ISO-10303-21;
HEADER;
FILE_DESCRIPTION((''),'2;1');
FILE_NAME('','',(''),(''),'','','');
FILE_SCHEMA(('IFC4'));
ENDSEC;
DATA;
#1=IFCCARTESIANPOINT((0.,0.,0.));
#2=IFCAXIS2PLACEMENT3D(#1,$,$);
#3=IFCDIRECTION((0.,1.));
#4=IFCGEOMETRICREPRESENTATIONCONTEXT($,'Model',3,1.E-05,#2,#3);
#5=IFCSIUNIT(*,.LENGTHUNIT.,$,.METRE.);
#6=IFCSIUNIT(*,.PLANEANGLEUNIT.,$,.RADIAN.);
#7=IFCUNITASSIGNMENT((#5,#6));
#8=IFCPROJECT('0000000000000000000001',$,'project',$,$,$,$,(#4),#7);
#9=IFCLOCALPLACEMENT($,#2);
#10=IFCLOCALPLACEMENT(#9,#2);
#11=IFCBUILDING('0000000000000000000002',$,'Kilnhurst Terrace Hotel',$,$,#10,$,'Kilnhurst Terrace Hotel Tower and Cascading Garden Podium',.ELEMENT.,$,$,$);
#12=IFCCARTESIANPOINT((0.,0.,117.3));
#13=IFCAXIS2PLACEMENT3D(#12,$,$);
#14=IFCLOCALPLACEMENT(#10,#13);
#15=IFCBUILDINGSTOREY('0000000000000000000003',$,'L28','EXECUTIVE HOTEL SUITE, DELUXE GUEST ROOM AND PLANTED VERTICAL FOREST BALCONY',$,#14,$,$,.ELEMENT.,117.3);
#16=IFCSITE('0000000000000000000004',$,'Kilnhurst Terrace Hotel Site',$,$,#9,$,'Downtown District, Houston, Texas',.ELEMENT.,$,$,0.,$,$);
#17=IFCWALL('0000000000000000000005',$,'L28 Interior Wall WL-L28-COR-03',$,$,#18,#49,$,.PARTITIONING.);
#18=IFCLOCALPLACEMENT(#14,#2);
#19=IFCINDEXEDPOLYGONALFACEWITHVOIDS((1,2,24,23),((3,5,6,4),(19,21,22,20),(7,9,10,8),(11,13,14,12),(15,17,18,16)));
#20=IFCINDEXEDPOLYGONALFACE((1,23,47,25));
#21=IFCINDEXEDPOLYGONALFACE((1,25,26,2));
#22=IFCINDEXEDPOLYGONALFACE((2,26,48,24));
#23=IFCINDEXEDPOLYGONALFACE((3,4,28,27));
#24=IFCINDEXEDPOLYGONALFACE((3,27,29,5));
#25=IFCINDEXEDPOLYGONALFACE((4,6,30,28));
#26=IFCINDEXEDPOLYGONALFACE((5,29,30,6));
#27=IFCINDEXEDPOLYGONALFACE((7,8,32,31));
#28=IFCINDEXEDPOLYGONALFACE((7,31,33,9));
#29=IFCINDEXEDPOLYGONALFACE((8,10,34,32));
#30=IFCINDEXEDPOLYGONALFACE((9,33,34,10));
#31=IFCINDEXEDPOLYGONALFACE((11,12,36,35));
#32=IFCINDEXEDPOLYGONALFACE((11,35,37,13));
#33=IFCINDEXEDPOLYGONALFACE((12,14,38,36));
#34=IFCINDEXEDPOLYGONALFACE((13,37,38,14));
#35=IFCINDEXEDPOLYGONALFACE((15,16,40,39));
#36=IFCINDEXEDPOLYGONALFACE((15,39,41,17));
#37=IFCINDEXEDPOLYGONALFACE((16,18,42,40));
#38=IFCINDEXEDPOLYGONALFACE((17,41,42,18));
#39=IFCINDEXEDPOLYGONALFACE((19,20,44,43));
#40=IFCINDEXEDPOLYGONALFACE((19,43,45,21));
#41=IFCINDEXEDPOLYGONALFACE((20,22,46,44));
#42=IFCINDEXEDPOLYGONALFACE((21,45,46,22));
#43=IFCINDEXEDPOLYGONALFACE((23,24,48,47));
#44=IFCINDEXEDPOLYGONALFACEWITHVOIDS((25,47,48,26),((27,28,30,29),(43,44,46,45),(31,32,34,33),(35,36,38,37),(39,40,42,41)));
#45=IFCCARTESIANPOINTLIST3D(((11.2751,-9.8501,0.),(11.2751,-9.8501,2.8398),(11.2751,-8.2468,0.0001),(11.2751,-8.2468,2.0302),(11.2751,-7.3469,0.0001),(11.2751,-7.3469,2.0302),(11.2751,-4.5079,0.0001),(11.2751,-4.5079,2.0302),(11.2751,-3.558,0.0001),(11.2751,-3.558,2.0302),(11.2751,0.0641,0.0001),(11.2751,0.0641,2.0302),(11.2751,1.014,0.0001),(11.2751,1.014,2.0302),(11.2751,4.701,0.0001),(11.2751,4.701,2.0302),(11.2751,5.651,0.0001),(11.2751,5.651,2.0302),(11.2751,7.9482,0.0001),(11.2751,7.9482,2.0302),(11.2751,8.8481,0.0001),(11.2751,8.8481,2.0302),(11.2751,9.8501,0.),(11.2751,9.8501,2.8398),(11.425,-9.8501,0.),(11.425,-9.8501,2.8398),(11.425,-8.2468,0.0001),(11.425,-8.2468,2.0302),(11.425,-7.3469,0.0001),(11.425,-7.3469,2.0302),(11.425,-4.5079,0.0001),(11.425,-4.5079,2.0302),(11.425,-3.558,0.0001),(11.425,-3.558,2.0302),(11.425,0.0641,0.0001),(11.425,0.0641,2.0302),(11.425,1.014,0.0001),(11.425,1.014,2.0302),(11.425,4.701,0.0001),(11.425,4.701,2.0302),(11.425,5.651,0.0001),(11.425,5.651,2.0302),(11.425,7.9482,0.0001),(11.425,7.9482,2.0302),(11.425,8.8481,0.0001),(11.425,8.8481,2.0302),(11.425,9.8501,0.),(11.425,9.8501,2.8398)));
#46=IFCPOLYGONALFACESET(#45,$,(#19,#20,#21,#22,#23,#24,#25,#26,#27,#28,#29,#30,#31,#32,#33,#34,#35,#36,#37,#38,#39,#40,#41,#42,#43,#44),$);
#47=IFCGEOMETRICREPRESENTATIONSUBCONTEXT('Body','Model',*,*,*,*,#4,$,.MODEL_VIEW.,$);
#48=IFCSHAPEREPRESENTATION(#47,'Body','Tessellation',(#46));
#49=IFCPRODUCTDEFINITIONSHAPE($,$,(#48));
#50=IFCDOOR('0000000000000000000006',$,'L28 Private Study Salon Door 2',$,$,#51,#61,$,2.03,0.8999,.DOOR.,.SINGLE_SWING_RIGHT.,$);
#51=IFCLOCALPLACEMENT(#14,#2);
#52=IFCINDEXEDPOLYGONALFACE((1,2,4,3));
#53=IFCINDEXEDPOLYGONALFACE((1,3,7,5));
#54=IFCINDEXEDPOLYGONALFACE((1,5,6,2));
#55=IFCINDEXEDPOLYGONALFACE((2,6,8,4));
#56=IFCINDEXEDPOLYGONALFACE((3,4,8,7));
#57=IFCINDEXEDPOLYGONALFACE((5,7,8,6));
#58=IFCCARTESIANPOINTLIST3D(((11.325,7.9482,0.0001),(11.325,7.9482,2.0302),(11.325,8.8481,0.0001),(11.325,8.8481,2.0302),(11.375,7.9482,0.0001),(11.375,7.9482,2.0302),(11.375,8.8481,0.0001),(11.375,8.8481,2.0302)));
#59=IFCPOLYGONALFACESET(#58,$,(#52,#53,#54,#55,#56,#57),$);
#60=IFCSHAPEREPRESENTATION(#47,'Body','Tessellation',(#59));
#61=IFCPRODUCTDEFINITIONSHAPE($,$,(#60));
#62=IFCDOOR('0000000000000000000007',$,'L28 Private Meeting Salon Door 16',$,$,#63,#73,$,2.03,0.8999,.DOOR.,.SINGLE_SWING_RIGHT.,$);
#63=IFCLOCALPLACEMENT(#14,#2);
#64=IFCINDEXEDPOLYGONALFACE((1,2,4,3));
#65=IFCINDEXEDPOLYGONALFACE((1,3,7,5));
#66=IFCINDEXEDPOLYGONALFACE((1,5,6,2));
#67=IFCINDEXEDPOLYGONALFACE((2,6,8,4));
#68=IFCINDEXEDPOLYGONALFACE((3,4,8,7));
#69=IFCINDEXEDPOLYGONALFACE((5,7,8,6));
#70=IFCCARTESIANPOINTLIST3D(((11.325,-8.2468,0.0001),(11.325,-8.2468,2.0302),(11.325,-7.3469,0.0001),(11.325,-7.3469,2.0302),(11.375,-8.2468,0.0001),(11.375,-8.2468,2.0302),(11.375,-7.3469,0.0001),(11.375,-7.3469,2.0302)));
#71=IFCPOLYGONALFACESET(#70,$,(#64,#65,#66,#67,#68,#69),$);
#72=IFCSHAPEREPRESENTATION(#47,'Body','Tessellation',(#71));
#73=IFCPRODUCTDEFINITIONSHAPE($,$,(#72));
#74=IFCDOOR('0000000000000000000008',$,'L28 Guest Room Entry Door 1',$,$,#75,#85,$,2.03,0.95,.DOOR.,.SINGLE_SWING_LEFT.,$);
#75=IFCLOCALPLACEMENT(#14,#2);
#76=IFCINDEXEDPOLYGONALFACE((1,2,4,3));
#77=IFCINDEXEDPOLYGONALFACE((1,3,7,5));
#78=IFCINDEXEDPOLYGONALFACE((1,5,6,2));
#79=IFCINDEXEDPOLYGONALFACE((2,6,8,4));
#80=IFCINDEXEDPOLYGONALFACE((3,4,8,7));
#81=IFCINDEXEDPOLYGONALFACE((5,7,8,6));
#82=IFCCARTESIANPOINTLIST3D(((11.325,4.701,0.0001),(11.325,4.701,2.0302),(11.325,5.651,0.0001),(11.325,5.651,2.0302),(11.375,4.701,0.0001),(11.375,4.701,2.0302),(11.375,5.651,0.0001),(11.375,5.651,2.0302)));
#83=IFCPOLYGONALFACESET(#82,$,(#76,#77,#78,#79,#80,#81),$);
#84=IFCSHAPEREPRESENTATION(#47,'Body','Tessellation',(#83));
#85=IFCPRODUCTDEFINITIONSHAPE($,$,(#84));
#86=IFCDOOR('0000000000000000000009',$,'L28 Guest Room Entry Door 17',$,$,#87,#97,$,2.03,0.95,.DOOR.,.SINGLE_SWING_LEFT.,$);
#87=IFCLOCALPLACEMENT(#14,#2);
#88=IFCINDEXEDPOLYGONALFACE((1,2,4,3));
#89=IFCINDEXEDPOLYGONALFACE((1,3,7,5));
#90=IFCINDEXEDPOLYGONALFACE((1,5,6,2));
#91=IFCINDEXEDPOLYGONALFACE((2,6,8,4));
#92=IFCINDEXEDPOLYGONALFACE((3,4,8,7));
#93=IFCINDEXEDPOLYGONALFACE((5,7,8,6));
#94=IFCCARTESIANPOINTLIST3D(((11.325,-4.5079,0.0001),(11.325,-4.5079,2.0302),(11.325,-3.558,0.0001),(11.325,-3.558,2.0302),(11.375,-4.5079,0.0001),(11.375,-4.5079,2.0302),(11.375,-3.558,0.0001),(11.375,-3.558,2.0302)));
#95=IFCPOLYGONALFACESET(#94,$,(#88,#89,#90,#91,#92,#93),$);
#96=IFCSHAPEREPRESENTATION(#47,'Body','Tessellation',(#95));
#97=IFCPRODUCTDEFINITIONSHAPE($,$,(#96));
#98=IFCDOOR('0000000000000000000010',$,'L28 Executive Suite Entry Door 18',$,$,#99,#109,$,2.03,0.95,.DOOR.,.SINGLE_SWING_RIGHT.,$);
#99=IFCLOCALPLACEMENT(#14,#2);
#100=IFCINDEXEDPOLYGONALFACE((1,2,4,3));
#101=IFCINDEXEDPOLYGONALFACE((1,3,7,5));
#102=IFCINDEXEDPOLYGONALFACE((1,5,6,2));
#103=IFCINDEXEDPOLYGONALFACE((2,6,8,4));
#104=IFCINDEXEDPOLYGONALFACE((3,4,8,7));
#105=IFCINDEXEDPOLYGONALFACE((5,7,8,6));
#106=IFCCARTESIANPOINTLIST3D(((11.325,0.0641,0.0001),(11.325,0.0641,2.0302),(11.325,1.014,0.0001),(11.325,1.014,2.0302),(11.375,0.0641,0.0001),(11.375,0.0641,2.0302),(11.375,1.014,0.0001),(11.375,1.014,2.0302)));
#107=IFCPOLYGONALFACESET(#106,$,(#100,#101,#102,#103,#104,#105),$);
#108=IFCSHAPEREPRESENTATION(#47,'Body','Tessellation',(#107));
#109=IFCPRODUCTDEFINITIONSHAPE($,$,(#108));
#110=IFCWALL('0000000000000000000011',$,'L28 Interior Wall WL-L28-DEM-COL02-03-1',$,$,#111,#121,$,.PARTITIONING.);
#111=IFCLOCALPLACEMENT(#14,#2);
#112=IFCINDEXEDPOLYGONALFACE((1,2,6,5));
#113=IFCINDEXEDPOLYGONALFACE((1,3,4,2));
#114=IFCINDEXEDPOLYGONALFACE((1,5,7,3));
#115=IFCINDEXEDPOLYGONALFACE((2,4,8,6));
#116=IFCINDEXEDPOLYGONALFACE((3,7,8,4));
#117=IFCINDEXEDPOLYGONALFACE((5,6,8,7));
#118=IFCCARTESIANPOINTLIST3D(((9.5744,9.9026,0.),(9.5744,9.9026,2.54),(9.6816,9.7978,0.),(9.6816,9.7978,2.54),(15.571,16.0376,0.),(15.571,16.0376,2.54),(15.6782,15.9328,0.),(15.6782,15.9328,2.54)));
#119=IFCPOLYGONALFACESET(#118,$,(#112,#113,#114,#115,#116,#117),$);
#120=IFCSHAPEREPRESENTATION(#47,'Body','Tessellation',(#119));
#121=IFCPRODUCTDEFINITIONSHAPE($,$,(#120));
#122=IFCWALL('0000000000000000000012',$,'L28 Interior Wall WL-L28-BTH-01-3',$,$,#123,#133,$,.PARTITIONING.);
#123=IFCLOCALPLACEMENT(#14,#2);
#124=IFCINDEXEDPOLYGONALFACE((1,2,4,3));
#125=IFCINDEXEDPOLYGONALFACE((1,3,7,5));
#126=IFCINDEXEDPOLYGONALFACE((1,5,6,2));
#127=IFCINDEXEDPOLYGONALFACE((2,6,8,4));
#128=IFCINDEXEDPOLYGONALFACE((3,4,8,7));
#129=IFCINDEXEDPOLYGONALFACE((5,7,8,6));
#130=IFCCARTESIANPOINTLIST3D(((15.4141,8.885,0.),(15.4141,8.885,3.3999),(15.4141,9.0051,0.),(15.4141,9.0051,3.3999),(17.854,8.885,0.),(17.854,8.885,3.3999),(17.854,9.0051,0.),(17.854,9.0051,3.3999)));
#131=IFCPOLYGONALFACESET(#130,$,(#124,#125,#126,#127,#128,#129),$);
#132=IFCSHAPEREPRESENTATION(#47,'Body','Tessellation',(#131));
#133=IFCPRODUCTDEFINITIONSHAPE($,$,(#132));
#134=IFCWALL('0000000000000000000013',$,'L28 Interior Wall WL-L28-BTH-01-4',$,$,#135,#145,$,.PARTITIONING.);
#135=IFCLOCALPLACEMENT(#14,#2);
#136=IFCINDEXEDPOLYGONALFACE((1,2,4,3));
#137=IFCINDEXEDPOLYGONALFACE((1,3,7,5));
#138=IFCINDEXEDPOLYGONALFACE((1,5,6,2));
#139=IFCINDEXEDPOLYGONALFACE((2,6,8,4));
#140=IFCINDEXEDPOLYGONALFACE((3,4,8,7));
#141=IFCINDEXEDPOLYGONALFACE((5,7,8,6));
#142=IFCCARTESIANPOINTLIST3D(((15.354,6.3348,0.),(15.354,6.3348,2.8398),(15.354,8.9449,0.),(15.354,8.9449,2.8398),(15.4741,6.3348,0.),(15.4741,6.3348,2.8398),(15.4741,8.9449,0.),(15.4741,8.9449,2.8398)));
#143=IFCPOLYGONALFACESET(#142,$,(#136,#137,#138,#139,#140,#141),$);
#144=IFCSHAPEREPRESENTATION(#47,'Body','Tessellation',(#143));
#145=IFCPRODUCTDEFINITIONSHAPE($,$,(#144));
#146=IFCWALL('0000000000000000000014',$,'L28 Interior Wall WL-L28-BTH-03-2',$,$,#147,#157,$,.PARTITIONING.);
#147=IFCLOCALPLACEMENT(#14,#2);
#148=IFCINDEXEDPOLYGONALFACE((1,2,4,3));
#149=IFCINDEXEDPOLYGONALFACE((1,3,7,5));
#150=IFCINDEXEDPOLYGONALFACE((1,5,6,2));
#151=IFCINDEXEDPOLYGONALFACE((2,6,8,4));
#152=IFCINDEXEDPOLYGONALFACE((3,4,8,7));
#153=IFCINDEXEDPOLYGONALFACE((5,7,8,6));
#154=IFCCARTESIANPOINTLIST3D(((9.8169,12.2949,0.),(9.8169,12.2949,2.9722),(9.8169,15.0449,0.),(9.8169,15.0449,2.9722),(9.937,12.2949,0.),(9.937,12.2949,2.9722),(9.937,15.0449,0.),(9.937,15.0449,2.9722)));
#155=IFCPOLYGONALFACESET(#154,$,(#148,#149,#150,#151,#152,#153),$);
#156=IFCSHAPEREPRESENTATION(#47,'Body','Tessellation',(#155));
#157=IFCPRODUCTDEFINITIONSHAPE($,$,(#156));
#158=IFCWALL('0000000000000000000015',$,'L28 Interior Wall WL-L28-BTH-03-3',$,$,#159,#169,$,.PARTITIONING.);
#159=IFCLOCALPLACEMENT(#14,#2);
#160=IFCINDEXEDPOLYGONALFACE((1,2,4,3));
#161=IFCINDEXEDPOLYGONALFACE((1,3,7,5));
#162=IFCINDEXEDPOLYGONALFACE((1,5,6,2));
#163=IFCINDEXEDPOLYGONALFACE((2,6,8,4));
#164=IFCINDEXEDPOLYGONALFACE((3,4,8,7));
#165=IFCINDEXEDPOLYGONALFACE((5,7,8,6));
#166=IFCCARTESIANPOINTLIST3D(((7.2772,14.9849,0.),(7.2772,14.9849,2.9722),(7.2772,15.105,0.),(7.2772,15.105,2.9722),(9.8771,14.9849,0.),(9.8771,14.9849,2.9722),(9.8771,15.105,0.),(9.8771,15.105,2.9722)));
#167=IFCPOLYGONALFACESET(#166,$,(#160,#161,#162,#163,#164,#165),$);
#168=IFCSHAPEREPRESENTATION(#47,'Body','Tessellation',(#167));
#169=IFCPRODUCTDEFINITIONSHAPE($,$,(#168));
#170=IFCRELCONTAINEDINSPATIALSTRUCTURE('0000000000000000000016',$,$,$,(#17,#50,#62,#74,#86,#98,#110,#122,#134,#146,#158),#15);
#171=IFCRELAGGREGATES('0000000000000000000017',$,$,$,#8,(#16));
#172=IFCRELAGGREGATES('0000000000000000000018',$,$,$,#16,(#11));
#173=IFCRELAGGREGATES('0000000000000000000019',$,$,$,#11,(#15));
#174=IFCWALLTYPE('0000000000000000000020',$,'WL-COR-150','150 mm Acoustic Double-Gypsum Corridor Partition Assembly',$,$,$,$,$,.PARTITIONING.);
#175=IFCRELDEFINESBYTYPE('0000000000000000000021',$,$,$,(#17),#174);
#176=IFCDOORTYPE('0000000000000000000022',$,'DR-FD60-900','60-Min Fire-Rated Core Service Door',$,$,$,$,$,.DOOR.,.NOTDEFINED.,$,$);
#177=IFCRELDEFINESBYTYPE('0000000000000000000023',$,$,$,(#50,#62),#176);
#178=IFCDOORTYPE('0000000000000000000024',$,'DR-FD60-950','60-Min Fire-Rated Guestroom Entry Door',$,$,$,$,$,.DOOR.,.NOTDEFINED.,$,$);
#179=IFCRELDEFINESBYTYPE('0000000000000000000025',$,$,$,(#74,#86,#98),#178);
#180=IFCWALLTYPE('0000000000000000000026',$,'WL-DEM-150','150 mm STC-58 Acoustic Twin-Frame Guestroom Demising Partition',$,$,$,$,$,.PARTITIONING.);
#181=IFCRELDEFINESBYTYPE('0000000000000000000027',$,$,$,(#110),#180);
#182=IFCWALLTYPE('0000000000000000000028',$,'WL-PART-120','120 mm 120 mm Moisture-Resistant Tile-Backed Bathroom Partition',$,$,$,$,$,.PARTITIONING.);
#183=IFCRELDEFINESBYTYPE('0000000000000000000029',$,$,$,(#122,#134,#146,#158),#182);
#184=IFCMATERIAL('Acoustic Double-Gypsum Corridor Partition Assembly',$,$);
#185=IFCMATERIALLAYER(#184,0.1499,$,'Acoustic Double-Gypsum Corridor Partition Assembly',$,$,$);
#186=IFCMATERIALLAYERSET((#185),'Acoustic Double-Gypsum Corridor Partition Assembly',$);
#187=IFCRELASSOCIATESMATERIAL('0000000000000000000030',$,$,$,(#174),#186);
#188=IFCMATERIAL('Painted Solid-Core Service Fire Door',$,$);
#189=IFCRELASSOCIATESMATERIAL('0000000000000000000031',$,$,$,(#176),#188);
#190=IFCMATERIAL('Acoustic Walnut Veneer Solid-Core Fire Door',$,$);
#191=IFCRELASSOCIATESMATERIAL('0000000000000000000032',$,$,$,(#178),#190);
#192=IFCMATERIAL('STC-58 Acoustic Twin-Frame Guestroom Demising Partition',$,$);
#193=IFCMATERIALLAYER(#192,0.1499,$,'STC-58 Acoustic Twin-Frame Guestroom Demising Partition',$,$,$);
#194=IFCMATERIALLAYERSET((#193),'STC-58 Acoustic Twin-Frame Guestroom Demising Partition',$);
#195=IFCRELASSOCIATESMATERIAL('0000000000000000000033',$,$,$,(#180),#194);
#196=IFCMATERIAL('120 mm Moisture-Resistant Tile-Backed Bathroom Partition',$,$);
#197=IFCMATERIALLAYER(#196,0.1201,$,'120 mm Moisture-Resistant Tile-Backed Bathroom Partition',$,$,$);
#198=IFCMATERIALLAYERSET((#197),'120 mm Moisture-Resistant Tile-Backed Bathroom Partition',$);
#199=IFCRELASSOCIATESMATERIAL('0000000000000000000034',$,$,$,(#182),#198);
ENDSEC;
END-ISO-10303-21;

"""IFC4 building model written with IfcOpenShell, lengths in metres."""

from ifc_helpers import new_model, si_unit, direction, frame, frame_2d, origin, place, context, subcontext, project, spatial, rectangle, extrude, material, layer, layer_set, type_object, element, fill, save


model = new_model("IFC4")

# Units and contexts
model_context = context("Model", 3, precision=1e-05, world=origin(), true_north=direction((0.0, 1.0)))
body_context = subcontext(model_context, "Body", "Model", "MODEL_VIEW")
ifc_project = project(units=[si_unit("LENGTHUNIT", "METRE"), si_unit("PLANEANGLEUNIT", "RADIAN")], contexts=[model_context])

# Site, building, storey
site_placement = place(None, origin())
site = spatial("IfcSite", under=ifc_project, at=site_placement, Name="Kilnhurst Terrace Hotel Site", LongName="Downtown District, Houston, Texas", CompositionType="ELEMENT", RefElevation=0.0)
building_placement = place(site_placement, origin())
building = spatial("IfcBuilding", under=site, at=building_placement, Name="Kilnhurst Terrace Hotel", LongName="Kilnhurst Terrace Hotel Tower and Cascading Garden Podium", CompositionType="ELEMENT")
storey_placement = place(building_placement, frame((0.0, 0.0, 117.3)))
storey = spatial("IfcBuildingStorey", under=building, at=storey_placement, Name="L28", Description="EXECUTIVE HOTEL SUITE, DELUXE GUEST ROOM AND PLANTED VERTICAL FOREST BALCONY", CompositionType="ELEMENT", Elevation=117.3)

# Wall, openings, doors
ifc_material_1 = material(Name="Acoustic Double-Gypsum Corridor Partition Assembly")
ifc_layer_1 = layer(ifc_material_1, 0.1499, Name="Acoustic Double-Gypsum Corridor Partition Assembly")
ifc_layer_set_1 = layer_set([ifc_layer_1], Name="Acoustic Double-Gypsum Corridor Partition Assembly")
wall_type_1 = type_object("IfcWallType", Name="WL-COR-150", Description="150 mm Acoustic Double-Gypsum Corridor Partition Assembly", PredefinedType="PARTITIONING", material=ifc_layer_set_1)
wall_1_placement = place(storey_placement, frame((11.3501, 9.8501, 0.0), z_axis=(0.0, 0.0, 1.0), x_axis=(0.0, -1.0, 0.0)))
wall_1 = element("IfcWall", 1, at=wall_1_placement, inside=storey, type_object=wall_type_1, Name="L28 Interior Wall WL-L28-COR-03", PredefinedType="PARTITIONING", context=body_context, shape_type="SweptSolid", body=[
    extrude(rectangle(XDim=19.7002, YDim=0.1499, at=frame_2d((9.8501, 0.0))), origin(), (0.0, 0.0, 1.0), 2.8398),
])
opening_1_placement = place(wall_1_placement, frame((4.199, 0.0, 0.0)))
opening_1 = element("IfcOpeningElement", 2, at=opening_1_placement, cuts=wall_1, PredefinedType="OPENING", context=body_context, shape_type="SweptSolid", body=[
    extrude(rectangle(XDim=0.95, YDim=2.03, at=frame_2d((0.4751, 1.0151))), frame((0.0, 0.085, 0.0), z_axis=(0.0, -1.0, 0.0), x_axis=(1.0, 0.0, 0.0)), (0.0, 0.0, 1.0), 0.1699),
])
opening_2_placement = place(wall_1_placement, frame((1.002, 0.0, 0.0)))
opening_2 = element("IfcOpeningElement", 3, at=opening_2_placement, cuts=wall_1, PredefinedType="OPENING", context=body_context, shape_type="SweptSolid", body=[
    extrude(rectangle(XDim=0.8999, YDim=2.03, at=frame_2d((0.45, 1.0151))), frame((0.0, 0.085, 0.0), z_axis=(0.0, -1.0, 0.0), x_axis=(1.0, 0.0, 0.0)), (0.0, 0.0, 1.0), 0.1699),
])
opening_3_placement = place(wall_1_placement, frame((17.197, 0.0, 0.0)))
opening_3 = element("IfcOpeningElement", 4, at=opening_3_placement, cuts=wall_1, PredefinedType="OPENING", context=body_context, shape_type="SweptSolid", body=[
    extrude(rectangle(XDim=0.8999, YDim=2.03, at=frame_2d((0.45, 1.0151))), frame((0.0, 0.085, 0.0), z_axis=(0.0, -1.0, 0.0), x_axis=(1.0, 0.0, 0.0)), (0.0, 0.0, 1.0), 0.1699),
])
opening_4_placement = place(wall_1_placement, frame((13.408, 0.0, 0.0)))
opening_4 = element("IfcOpeningElement", 5, at=opening_4_placement, cuts=wall_1, PredefinedType="OPENING", context=body_context, shape_type="SweptSolid", body=[
    extrude(rectangle(XDim=0.95, YDim=2.03, at=frame_2d((0.4751, 1.0151))), frame((0.0, 0.085, 0.0), z_axis=(0.0, -1.0, 0.0), x_axis=(1.0, 0.0, 0.0)), (0.0, 0.0, 1.0), 0.1699),
])
opening_5_placement = place(wall_1_placement, frame((8.8359, 0.0, 0.0)))
opening_5 = element("IfcOpeningElement", 6, at=opening_5_placement, cuts=wall_1, PredefinedType="OPENING", context=body_context, shape_type="SweptSolid", body=[
    extrude(rectangle(XDim=0.95, YDim=2.03, at=frame_2d((0.4751, 1.0151))), frame((0.0, 0.085, 0.0), z_axis=(0.0, -1.0, 0.0), x_axis=(1.0, 0.0, 0.0)), (0.0, 0.0, 1.0), 0.1699),
])
ifc_material_2 = material(Name="Painted Solid-Core Service Fire Door")
door_type_1 = type_object("IfcDoorType", Name="DR-FD60-900", Description="60-Min Fire-Rated Core Service Door", OperationType="NOTDEFINED", PredefinedType="DOOR", material=ifc_material_2)
door_1_placement = place(opening_2_placement, origin())
door_1 = element("IfcDoor", 7, at=door_1_placement, inside=storey, type_object=door_type_1, Name="L28 Private Study Salon Door 2", OperationType="SINGLE_SWING_RIGHT", OverallHeight=2.03, OverallWidth=0.8999, PredefinedType="DOOR", context=body_context, shape_type="SweptSolid", body=[
    extrude(rectangle(XDim=0.8999, YDim=2.03, at=frame_2d((0.45, 1.0151))), frame((0.0, 0.0249, 0.0), z_axis=(0.0, -1.0, 0.0), x_axis=(1.0, 0.0, 0.0)), (0.0, 0.0, 1.0), 0.05),
])
fill(opening_2, door_1)
door_2_placement = place(opening_3_placement, origin())
door_2 = element("IfcDoor", 8, at=door_2_placement, inside=storey, type_object=door_type_1, Name="L28 Private Meeting Salon Door 16", OperationType="SINGLE_SWING_RIGHT", OverallHeight=2.03, OverallWidth=0.8999, PredefinedType="DOOR", context=body_context, shape_type="SweptSolid", body=[
    extrude(rectangle(XDim=0.8999, YDim=2.03, at=frame_2d((0.45, 1.0151))), frame((0.0, 0.0249, 0.0), z_axis=(0.0, -1.0, 0.0), x_axis=(1.0, 0.0, 0.0)), (0.0, 0.0, 1.0), 0.05),
])
fill(opening_3, door_2)
ifc_material_3 = material(Name="Acoustic Walnut Veneer Solid-Core Fire Door")
door_type_2 = type_object("IfcDoorType", Name="DR-FD60-950", Description="60-Min Fire-Rated Guestroom Entry Door", OperationType="NOTDEFINED", PredefinedType="DOOR", material=ifc_material_3)
door_3_placement = place(opening_1_placement, origin())
door_3 = element("IfcDoor", 9, at=door_3_placement, inside=storey, type_object=door_type_2, Name="L28 Guest Room Entry Door 1", OperationType="SINGLE_SWING_LEFT", OverallHeight=2.03, OverallWidth=0.95, PredefinedType="DOOR", context=body_context, shape_type="SweptSolid", body=[
    extrude(rectangle(XDim=0.95, YDim=2.03, at=frame_2d((0.4751, 1.0151))), frame((0.0, 0.0249, 0.0), z_axis=(0.0, -1.0, 0.0), x_axis=(1.0, 0.0, 0.0)), (0.0, 0.0, 1.0), 0.05),
])
fill(opening_1, door_3)
door_4_placement = place(opening_4_placement, origin())
door_4 = element("IfcDoor", 10, at=door_4_placement, inside=storey, type_object=door_type_2, Name="L28 Guest Room Entry Door 17", OperationType="SINGLE_SWING_LEFT", OverallHeight=2.03, OverallWidth=0.95, PredefinedType="DOOR", context=body_context, shape_type="SweptSolid", body=[
    extrude(rectangle(XDim=0.95, YDim=2.03, at=frame_2d((0.4751, 1.0151))), frame((0.0, 0.0249, 0.0), z_axis=(0.0, -1.0, 0.0), x_axis=(1.0, 0.0, 0.0)), (0.0, 0.0, 1.0), 0.05),
])
fill(opening_4, door_4)
door_5_placement = place(opening_5_placement, origin())
door_5 = element("IfcDoor", 11, at=door_5_placement, inside=storey, type_object=door_type_2, Name="L28 Executive Suite Entry Door 18", OperationType="SINGLE_SWING_RIGHT", OverallHeight=2.03, OverallWidth=0.95, PredefinedType="DOOR", context=body_context, shape_type="SweptSolid", body=[
    extrude(rectangle(XDim=0.95, YDim=2.03, at=frame_2d((0.4751, 1.0151))), frame((0.0, 0.0249, 0.0), z_axis=(0.0, -1.0, 0.0), x_axis=(1.0, 0.0, 0.0)), (0.0, 0.0, 1.0), 0.05),
])
fill(opening_5, door_5)

# Walls
ifc_material_4 = material(Name="STC-58 Acoustic Twin-Frame Guestroom Demising Partition")
ifc_layer_2 = layer(ifc_material_4, 0.1499, Name="STC-58 Acoustic Twin-Frame Guestroom Demising Partition")
ifc_layer_set_2 = layer_set([ifc_layer_2], Name="STC-58 Acoustic Twin-Frame Guestroom Demising Partition")
wall_type_2 = type_object("IfcWallType", Name="WL-DEM-150", Description="150 mm STC-58 Acoustic Twin-Frame Guestroom Demising Partition", PredefinedType="PARTITIONING", material=ifc_layer_set_2)
wall_2_placement = place(storey_placement, frame((9.6279, 9.8501, 0.0), z_axis=(0.0, 0.0, 1.0), x_axis=(0.698993, 0.715129, 0.0)))
element("IfcWall", 12, at=wall_2_placement, inside=storey, type_object=wall_type_2, Name="L28 Interior Wall WL-L28-DEM-COL02-03-1", PredefinedType="PARTITIONING", context=body_context, shape_type="SweptSolid", body=[
    extrude(rectangle(XDim=8.5789, YDim=0.1499, at=frame_2d((4.2896, 0.0))), origin(), (0.0, 0.0, 1.0), 2.54),
])
ifc_material_5 = material(Name="120 mm Moisture-Resistant Tile-Backed Bathroom Partition")
ifc_layer_3 = layer(ifc_material_5, 0.1201, Name="120 mm Moisture-Resistant Tile-Backed Bathroom Partition")
ifc_layer_set_3 = layer_set([ifc_layer_3], Name="120 mm Moisture-Resistant Tile-Backed Bathroom Partition")
wall_type_3 = type_object("IfcWallType", Name="WL-PART-120", Description="120 mm 120 mm Moisture-Resistant Tile-Backed Bathroom Partition", PredefinedType="PARTITIONING", material=ifc_layer_set_3)
wall_3_placement = place(storey_placement, frame((17.854, 8.9451, 0.0), z_axis=(0.0, 0.0, 1.0), x_axis=(-1.0, 0.0, 0.0)))
element("IfcWall", 13, at=wall_3_placement, inside=storey, type_object=wall_type_3, Name="L28 Interior Wall WL-L28-BTH-01-3", PredefinedType="PARTITIONING", context=body_context, shape_type="SweptSolid", body=[
    extrude(rectangle(XDim=2.4399, YDim=0.1201, at=frame_2d((1.22, 0.0))), origin(), (0.0, 0.0, 1.0), 3.3999),
])
wall_4_placement = place(storey_placement, frame((15.4141, 8.9451, 0.0), z_axis=(0.0, 0.0, 1.0), x_axis=(0.0, -1.0, 0.0)))
element("IfcWall", 14, at=wall_4_placement, inside=storey, type_object=wall_type_3, Name="L28 Interior Wall WL-L28-BTH-01-4", PredefinedType="PARTITIONING", context=body_context, shape_type="SweptSolid", body=[
    extrude(rectangle(XDim=2.6101, YDim=0.1201, at=frame_2d((1.3052, 0.0))), origin(), (0.0, 0.0, 1.0), 2.8398),
])
wall_5_placement = place(storey_placement, frame((9.877, 12.2949, 0.0), z_axis=(0.0, 0.0, 1.0), x_axis=(0.0, 1.0, 0.0)))
element("IfcWall", 15, at=wall_5_placement, inside=storey, type_object=wall_type_3, Name="L28 Interior Wall WL-L28-BTH-03-2", PredefinedType="PARTITIONING", context=body_context, shape_type="SweptSolid", body=[
    extrude(rectangle(XDim=2.75, YDim=0.1201, at=frame_2d((1.375, 0.0))), origin(), (0.0, 0.0, 1.0), 2.9722),
])
wall_6_placement = place(storey_placement, frame((9.877, 15.0449, 0.0), z_axis=(0.0, 0.0, 1.0), x_axis=(-1.0, 0.0, 0.0)))
element("IfcWall", 16, at=wall_6_placement, inside=storey, type_object=wall_type_3, Name="L28 Interior Wall WL-L28-BTH-03-3", PredefinedType="PARTITIONING", context=body_context, shape_type="SweptSolid", body=[
    extrude(rectangle(XDim=2.5999, YDim=0.1201, at=frame_2d((1.2998, 0.0))), origin(), (0.0, 0.0, 1.0), 2.9722),
])

save(model, "model.ifc")
